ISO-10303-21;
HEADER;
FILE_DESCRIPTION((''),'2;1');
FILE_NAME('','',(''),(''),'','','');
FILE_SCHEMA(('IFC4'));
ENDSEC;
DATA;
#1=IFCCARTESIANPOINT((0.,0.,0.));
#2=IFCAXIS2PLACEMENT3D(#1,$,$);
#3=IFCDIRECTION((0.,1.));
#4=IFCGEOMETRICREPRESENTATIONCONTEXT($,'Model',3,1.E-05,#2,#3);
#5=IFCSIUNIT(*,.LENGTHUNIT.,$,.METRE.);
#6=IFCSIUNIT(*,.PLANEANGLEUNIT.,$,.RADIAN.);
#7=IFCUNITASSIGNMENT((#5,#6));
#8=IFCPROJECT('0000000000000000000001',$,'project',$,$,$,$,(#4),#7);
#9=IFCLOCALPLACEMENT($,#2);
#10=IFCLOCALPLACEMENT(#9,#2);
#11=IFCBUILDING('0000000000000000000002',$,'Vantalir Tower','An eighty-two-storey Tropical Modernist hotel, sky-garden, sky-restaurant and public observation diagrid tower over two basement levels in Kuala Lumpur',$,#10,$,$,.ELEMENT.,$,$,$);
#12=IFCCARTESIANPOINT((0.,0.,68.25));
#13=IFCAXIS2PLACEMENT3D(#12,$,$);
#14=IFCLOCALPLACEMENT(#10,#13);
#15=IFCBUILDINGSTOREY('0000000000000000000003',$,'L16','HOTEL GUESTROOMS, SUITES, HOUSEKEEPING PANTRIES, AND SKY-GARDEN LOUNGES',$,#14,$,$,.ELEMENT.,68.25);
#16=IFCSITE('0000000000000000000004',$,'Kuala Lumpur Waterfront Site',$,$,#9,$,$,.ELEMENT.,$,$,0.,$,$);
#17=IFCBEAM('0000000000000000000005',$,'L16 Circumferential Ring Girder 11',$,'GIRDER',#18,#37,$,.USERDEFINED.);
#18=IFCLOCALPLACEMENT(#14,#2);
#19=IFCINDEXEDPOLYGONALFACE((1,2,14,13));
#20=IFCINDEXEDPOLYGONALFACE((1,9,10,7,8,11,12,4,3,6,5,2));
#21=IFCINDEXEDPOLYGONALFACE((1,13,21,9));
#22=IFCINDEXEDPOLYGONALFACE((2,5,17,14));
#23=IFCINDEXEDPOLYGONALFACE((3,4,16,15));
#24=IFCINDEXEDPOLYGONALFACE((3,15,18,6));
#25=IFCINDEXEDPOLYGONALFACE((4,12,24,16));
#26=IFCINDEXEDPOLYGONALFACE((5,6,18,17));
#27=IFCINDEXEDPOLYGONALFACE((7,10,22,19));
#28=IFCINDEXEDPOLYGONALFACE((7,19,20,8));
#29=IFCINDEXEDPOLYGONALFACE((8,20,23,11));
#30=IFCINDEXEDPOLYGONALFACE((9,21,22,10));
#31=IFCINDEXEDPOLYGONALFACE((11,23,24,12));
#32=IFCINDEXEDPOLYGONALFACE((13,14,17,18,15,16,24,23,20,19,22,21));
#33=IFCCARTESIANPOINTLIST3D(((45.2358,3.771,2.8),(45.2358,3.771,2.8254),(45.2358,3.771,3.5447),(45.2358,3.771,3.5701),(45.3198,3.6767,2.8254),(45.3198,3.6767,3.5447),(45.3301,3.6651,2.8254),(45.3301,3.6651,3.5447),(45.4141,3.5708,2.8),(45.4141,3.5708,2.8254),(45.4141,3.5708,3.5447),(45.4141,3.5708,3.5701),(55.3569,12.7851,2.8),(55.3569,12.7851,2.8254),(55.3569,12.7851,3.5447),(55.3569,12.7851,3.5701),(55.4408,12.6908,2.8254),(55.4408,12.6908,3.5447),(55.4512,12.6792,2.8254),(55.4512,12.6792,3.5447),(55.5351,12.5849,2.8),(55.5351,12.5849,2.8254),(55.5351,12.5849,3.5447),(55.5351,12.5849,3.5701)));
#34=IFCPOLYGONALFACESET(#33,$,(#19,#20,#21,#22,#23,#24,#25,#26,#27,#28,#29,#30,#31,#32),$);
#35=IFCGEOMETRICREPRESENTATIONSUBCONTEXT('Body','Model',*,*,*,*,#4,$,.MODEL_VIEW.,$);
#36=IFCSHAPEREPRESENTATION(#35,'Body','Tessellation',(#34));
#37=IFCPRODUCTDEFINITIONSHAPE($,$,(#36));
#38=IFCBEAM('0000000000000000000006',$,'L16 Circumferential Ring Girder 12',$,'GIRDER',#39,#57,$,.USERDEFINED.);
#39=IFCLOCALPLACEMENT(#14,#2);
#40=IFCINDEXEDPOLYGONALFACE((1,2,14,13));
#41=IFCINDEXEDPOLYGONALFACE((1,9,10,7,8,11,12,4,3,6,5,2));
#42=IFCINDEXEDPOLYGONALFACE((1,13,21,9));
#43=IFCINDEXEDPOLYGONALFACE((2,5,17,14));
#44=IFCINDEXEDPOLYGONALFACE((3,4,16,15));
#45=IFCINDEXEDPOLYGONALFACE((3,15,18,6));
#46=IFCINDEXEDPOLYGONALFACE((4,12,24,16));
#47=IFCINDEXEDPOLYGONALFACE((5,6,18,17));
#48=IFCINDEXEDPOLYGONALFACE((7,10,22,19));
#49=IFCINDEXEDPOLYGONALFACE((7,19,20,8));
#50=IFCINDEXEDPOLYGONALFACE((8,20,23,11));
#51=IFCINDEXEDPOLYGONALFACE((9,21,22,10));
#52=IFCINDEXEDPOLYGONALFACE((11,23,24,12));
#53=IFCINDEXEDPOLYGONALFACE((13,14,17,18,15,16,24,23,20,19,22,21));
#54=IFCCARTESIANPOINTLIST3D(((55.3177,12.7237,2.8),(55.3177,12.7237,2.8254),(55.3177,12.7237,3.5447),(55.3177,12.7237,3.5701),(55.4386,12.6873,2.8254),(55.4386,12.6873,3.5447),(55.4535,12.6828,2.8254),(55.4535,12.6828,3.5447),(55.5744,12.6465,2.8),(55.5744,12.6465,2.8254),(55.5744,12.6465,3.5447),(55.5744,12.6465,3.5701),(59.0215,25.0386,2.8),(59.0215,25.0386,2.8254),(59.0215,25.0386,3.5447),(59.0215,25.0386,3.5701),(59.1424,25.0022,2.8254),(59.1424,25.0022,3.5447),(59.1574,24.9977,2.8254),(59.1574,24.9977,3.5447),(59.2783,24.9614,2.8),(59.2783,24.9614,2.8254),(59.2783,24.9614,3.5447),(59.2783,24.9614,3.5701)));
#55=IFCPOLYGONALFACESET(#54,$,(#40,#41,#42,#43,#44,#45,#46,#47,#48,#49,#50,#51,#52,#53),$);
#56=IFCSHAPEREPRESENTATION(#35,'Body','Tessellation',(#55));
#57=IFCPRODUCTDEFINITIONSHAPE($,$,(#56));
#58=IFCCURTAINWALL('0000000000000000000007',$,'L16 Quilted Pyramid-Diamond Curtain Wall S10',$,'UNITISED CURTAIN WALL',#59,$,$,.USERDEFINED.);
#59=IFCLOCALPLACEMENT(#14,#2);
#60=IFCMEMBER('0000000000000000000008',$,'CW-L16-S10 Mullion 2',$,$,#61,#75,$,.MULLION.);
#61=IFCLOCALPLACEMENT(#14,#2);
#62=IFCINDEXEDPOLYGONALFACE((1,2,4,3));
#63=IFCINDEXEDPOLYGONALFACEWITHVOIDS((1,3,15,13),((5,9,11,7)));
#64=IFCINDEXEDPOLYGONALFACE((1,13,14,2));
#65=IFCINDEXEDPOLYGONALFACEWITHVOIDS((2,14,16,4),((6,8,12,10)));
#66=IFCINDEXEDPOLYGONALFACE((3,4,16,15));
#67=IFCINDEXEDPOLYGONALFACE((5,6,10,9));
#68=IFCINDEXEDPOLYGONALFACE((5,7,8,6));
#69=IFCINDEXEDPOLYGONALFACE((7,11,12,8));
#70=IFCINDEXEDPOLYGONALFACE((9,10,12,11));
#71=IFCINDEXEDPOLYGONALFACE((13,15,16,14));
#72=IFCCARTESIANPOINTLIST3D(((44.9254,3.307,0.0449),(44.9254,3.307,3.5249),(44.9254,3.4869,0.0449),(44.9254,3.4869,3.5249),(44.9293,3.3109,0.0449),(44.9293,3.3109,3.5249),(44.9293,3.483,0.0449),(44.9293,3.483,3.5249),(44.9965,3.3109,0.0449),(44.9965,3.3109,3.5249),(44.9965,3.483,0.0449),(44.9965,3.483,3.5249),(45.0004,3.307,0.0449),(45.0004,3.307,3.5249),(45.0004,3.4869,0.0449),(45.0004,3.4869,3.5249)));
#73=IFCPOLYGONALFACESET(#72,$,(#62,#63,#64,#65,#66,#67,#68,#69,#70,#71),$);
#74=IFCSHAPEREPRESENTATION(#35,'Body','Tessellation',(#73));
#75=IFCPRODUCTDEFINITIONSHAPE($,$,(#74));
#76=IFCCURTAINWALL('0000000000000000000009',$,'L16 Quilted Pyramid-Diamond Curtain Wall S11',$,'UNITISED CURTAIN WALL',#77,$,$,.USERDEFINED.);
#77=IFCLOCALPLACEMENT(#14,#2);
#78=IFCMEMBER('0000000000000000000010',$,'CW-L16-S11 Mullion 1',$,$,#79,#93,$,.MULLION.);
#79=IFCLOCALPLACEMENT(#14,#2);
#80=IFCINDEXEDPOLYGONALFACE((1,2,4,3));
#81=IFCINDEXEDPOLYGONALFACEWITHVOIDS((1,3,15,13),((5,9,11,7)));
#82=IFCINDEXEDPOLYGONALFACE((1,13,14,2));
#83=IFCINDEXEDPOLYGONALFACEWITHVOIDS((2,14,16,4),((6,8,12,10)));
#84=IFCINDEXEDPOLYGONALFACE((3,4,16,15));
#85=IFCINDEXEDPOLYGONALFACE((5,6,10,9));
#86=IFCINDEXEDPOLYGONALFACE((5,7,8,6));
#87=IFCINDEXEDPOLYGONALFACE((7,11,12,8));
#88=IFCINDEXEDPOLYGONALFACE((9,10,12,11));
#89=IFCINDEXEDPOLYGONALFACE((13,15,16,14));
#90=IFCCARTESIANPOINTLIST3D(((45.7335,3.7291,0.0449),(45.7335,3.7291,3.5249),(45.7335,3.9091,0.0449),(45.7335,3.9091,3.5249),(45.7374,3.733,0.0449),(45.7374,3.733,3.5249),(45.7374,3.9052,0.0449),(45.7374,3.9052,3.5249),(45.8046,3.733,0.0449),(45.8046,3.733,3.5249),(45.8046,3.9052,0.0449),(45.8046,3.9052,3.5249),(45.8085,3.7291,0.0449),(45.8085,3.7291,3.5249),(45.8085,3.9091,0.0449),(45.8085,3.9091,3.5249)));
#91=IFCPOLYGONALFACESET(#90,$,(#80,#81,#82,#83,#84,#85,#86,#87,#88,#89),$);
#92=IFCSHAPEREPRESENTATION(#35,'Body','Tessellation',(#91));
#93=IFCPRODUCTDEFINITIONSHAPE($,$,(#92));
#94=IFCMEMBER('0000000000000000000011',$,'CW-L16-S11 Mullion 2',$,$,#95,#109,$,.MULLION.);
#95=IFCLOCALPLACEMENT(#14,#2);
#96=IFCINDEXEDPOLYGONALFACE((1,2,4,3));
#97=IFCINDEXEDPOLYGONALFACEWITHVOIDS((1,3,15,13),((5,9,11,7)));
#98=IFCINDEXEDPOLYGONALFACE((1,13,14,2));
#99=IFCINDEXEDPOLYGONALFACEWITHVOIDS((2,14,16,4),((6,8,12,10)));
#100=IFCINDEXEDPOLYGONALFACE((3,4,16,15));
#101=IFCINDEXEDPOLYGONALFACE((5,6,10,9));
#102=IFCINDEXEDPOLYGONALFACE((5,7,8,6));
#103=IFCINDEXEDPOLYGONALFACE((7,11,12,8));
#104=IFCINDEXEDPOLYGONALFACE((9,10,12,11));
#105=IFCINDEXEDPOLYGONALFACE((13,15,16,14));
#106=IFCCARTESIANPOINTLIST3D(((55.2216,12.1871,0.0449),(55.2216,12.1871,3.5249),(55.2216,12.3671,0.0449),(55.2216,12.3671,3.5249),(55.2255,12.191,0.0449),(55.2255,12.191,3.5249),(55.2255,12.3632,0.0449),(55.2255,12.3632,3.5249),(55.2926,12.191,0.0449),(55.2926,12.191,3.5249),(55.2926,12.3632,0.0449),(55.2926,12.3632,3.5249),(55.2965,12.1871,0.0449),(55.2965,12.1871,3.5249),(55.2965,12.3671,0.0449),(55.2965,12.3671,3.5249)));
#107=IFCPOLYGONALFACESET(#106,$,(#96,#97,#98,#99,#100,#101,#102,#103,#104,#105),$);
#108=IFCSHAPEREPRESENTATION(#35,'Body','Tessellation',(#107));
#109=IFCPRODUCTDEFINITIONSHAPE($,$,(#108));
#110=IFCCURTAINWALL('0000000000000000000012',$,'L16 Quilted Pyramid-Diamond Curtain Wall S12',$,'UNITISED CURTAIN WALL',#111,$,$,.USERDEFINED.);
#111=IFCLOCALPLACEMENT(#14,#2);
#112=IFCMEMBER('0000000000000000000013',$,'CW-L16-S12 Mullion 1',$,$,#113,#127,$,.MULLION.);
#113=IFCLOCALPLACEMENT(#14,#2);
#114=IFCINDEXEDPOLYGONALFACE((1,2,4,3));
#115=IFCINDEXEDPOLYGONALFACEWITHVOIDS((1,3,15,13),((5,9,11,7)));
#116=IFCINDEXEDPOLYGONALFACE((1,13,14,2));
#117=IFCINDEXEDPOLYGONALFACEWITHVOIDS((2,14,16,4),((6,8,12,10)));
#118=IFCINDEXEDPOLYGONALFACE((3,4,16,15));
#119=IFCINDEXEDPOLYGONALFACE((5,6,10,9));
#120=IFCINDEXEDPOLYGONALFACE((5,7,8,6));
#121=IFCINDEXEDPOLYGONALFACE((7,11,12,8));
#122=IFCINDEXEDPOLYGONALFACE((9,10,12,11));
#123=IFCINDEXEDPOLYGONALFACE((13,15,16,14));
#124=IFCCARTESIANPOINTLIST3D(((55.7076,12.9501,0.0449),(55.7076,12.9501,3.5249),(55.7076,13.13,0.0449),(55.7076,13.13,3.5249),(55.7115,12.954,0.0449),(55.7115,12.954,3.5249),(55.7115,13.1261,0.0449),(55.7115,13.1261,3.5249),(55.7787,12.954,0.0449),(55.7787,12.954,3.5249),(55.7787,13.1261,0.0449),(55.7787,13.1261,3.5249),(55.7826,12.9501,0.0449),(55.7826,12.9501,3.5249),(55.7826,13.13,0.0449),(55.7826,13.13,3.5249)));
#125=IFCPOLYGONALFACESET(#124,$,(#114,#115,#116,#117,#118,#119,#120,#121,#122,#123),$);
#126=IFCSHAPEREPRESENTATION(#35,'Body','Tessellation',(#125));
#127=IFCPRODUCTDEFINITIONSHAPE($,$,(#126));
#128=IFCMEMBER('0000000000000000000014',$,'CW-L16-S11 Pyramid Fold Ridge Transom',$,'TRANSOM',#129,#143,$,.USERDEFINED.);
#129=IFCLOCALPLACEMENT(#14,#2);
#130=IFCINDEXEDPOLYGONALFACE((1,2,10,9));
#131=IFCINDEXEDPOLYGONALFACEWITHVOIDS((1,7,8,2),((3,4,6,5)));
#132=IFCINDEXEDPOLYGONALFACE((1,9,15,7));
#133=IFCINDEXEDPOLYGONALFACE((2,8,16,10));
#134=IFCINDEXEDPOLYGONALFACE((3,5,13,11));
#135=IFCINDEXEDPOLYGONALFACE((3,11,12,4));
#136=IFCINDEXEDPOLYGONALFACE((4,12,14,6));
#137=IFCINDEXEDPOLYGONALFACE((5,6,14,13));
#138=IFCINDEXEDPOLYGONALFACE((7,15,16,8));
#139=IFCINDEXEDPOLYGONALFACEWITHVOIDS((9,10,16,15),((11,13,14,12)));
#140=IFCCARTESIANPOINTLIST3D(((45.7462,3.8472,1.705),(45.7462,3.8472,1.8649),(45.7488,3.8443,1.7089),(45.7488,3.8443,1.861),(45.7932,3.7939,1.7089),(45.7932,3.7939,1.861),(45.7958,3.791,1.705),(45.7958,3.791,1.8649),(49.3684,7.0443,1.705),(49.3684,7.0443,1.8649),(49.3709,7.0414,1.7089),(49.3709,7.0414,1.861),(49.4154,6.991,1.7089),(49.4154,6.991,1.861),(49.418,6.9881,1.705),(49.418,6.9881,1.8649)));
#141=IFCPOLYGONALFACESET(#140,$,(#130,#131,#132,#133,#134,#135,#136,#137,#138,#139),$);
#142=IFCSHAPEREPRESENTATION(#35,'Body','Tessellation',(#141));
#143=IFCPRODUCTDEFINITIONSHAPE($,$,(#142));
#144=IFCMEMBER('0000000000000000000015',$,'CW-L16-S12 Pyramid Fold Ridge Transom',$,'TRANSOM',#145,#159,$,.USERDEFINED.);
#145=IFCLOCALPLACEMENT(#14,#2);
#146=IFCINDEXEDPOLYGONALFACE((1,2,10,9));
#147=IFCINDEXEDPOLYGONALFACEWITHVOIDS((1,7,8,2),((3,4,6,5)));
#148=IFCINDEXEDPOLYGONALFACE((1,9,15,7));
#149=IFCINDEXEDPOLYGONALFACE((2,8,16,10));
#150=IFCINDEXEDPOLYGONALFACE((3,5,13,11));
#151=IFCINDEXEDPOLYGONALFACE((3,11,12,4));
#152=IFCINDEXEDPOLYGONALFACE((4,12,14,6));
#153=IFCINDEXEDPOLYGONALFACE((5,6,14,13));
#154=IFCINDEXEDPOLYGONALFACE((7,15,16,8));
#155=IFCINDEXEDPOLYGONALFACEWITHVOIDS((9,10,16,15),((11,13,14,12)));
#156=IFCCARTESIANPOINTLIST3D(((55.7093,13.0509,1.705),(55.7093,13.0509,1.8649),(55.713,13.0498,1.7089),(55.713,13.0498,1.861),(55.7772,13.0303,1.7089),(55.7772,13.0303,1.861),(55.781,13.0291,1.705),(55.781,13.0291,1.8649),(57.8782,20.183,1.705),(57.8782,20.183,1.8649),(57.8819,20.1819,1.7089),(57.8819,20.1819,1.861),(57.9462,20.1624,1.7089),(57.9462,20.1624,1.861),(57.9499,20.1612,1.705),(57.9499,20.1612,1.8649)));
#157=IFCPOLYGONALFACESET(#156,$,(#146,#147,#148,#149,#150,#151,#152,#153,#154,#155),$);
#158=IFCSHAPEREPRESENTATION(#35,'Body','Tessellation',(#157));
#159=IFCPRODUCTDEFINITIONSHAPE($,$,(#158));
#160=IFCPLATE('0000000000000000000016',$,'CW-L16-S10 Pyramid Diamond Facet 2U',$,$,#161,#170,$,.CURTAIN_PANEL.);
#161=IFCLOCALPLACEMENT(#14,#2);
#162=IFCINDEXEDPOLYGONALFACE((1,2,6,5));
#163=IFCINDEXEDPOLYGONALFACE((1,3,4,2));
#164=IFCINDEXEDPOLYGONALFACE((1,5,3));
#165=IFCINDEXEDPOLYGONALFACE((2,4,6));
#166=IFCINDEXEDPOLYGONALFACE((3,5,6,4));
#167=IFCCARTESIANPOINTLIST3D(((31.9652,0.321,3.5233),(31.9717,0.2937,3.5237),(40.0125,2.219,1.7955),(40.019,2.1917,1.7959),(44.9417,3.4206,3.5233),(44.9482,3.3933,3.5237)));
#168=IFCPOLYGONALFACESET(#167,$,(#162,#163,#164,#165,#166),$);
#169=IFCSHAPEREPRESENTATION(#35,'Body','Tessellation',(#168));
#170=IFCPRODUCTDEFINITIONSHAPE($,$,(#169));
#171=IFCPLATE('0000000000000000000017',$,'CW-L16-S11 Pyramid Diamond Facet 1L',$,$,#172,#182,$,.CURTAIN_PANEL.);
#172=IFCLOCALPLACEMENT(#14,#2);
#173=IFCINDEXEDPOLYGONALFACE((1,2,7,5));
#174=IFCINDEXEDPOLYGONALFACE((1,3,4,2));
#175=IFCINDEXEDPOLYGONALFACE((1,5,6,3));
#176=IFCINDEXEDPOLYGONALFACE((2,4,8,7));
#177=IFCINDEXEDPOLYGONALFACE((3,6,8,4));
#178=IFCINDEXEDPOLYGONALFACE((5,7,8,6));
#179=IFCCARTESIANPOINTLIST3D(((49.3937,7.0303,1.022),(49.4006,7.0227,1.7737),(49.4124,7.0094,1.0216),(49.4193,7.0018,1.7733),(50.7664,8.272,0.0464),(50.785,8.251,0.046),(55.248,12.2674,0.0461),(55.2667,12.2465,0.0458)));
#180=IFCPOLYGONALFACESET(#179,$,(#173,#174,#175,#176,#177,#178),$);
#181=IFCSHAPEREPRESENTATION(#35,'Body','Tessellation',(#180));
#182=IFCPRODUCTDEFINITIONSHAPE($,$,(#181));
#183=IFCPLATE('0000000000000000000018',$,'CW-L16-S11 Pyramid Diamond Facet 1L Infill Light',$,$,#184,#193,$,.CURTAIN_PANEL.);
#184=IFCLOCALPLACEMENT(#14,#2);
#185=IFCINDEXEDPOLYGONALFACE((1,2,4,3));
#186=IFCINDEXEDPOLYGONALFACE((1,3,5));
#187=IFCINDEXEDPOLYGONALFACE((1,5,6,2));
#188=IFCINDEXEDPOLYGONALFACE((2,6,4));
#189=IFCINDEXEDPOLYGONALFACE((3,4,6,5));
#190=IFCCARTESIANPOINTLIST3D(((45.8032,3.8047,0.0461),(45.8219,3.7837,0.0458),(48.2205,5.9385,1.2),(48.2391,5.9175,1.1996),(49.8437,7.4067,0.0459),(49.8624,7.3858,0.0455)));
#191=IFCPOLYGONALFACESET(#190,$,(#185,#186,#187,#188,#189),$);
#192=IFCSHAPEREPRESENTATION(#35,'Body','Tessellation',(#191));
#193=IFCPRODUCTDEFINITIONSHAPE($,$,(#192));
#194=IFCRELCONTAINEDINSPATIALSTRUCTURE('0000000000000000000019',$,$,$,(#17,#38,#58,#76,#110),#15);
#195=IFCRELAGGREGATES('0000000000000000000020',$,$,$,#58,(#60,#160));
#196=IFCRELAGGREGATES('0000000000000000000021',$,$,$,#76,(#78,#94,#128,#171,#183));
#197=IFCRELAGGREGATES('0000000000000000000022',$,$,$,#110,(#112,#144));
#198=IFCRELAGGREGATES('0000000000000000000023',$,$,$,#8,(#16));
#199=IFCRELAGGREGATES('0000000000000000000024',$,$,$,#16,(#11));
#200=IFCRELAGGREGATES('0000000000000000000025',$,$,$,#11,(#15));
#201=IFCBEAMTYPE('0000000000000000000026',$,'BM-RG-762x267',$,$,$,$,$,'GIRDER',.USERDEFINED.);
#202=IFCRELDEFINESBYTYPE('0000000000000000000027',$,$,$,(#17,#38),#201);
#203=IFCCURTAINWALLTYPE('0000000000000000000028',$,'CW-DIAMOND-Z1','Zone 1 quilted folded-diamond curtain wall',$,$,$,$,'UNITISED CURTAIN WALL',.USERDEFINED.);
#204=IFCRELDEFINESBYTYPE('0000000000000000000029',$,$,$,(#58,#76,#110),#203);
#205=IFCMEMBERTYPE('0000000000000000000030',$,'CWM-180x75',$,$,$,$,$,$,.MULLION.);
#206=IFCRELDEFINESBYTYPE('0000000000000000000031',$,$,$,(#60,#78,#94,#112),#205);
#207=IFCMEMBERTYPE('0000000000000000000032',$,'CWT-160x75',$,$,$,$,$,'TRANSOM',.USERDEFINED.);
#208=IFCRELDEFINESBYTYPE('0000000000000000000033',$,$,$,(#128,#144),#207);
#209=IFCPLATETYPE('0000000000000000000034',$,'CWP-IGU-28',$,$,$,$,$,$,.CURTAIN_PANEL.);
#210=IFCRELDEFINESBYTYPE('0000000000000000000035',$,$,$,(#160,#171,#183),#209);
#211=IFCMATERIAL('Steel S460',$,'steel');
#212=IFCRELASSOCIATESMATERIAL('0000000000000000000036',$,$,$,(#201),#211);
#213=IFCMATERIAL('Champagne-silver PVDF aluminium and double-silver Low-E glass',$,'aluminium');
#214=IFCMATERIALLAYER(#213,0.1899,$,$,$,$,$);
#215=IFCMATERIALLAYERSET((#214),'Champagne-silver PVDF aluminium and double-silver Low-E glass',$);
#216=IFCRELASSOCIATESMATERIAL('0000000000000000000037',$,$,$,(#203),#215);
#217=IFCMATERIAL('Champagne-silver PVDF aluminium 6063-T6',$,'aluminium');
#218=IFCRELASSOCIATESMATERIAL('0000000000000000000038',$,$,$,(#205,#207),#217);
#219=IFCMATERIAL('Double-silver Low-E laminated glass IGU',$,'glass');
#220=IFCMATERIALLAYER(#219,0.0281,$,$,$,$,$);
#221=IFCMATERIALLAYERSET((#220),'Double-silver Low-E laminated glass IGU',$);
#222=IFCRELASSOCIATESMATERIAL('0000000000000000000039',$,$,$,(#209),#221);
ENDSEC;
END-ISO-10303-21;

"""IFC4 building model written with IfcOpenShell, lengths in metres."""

from ifc_helpers import new_model, si_unit, direction, frame, origin, origin_2d, place, context, subcontext, project, spatial, polyline, hollow_rectangle, i_section, outline, extrude, material, layer, layer_set, material_profile, profile_set, type_object, element, aggregate, save


model = new_model("IFC4")

# Units and contexts
model_context = context("Model", 3, precision=1e-05, world=origin(), true_north=direction((0.0, 1.0)))
body_context = subcontext(model_context, "Body", "Model", "MODEL_VIEW")
ifc_project = project(units=[si_unit("LENGTHUNIT", "METRE"), si_unit("PLANEANGLEUNIT", "RADIAN")], contexts=[model_context])

# Site, building, storey
site_placement = place(None, origin())
site = spatial("IfcSite", under=ifc_project, at=site_placement, Name="Kuala Lumpur Waterfront Site", CompositionType="ELEMENT", RefElevation=0.0)
building_placement = place(site_placement, origin())
building = spatial("IfcBuilding", under=site, at=building_placement, Name="Vantalir Tower", Description="An eighty-two-storey Tropical Modernist hotel, sky-garden, sky-restaurant and public observation diagrid tower over two basement levels in Kuala Lumpur", CompositionType="ELEMENT")
storey_placement = place(building_placement, frame((0.0, 0.0, 68.25)))
storey = spatial("IfcBuildingStorey", under=building, at=storey_placement, Name="L16", Description="HOTEL GUESTROOMS, SUITES, HOUSEKEEPING PANTRIES, AND SKY-GARDEN LOUNGES", CompositionType="ELEMENT", Elevation=68.25)

# Shared definitions
ifc_material_1 = material(Name="Steel S460", Category="steel")

# Beams
ifc_material_profile_1 = material_profile(ifc_material_1, i_section(OverallWidth=0.2681, OverallDepth=0.77, WebThickness=0.0156, FlangeThickness=0.0254, at=origin_2d()), Name="Steel S460")
ifc_profile_set_1 = profile_set([ifc_material_profile_1], Name="Steel S460")
beam_type_1 = type_object("IfcBeamType", Name="BM-RG-762x267", ElementType="GIRDER", PredefinedType="USERDEFINED", material=ifc_profile_set_1)
beam_1_placement = place(storey_placement, frame((45.325, 3.6709, 3.1851), z_axis=(0.746763, 0.66509, 0.0), x_axis=(-0.66509, 0.746763, 0.0)))
element("IfcBeam", 1, at=beam_1_placement, inside=storey, type_object=beam_type_1, Name="L16 Circumferential Ring Girder 11", ObjectType="GIRDER", PredefinedType="USERDEFINED", context=body_context, shape_type="SweptSolid", body=[
    extrude(i_section(OverallWidth=0.2681, OverallDepth=0.77, WebThickness=0.0156, FlangeThickness=0.0254, at=origin_2d()), origin(), (0.0, 0.0, 1.0), 13.5532),
])
beam_2_placement = place(storey_placement, frame((55.446, 12.6851, 3.1851), z_axis=(0.288017, 0.957625, 0.0), x_axis=(-0.957625, 0.288017, 0.0)))
element("IfcBeam", 2, at=beam_2_placement, inside=storey, type_object=beam_type_1, Name="L16 Circumferential Ring Girder 12", ObjectType="GIRDER", PredefinedType="USERDEFINED", context=body_context, shape_type="SweptSolid", body=[
    extrude(i_section(OverallWidth=0.2681, OverallDepth=0.77, WebThickness=0.0156, FlangeThickness=0.0254, at=origin_2d()), origin(), (0.0, 0.0, 1.0), 12.8599),
])

# Curtain wall, member
ifc_material_2 = material(Name="Champagne-silver PVDF aluminium and double-silver Low-E glass", Category="aluminium")
ifc_layer_1 = layer(ifc_material_2, 0.1899)
ifc_layer_set_1 = layer_set([ifc_layer_1], Name="Champagne-silver PVDF aluminium and double-silver Low-E glass")
curtain_wall_type = type_object("IfcCurtainWallType", Name="CW-DIAMOND-Z1", Description="Zone 1 quilted folded-diamond curtain wall", ElementType="UNITISED CURTAIN WALL", PredefinedType="USERDEFINED", material=ifc_layer_set_1)
curtain_wall_1_placement = place(storey_placement, origin())
curtain_wall_1 = element("IfcCurtainWall", 3, at=curtain_wall_1_placement, inside=storey, type_object=curtain_wall_type, Name="L16 Quilted Pyramid-Diamond Curtain Wall S10", ObjectType="UNITISED CURTAIN WALL", PredefinedType="USERDEFINED")
ifc_material_3 = material(Name="Champagne-silver PVDF aluminium 6063-T6", Category="aluminium")
ifc_material_profile_2 = material_profile(ifc_material_3, hollow_rectangle(XDim=0.075, YDim=0.1799, WallThickness=0.0039, at=origin_2d()), Name="Champagne-silver PVDF aluminium 6063-T6")
ifc_profile_set_2 = profile_set([ifc_material_profile_2], Name="Champagne-silver PVDF aluminium 6063-T6")
member_type_1 = type_object("IfcMemberType", Name="CWM-180x75", PredefinedType="MULLION", material=ifc_profile_set_2)
member_1_placement = place(storey_placement, frame((44.9629, 3.397, 0.0449), z_axis=(0.0, 0.0, 1.0), x_axis=(1.0, 0.0, 0.0)))
member_1 = element("IfcMember", 4, at=member_1_placement, type_object=member_type_1, Name="CW-L16-S10 Mullion 2", PredefinedType="MULLION", context=body_context, shape_type="SweptSolid", body=[
    extrude(hollow_rectangle(XDim=0.075, YDim=0.1799, WallThickness=0.0039, at=origin_2d()), origin(), (0.0, 0.0, 1.0), 3.48),
])

# Curtain wall, members
curtain_wall_2_placement = place(storey_placement, origin())
curtain_wall_2 = element("IfcCurtainWall", 5, at=curtain_wall_2_placement, inside=storey, type_object=curtain_wall_type, Name="L16 Quilted Pyramid-Diamond Curtain Wall S11", ObjectType="UNITISED CURTAIN WALL", PredefinedType="USERDEFINED")
member_2_placement = place(storey_placement, frame((45.771, 3.8191, 0.0449), z_axis=(0.0, 0.0, 1.0), x_axis=(1.0, 0.0, 0.0)))
member_2 = element("IfcMember", 6, at=member_2_placement, type_object=member_type_1, Name="CW-L16-S11 Mullion 1", PredefinedType="MULLION", context=body_context, shape_type="SweptSolid", body=[
    extrude(hollow_rectangle(XDim=0.075, YDim=0.1799, WallThickness=0.0039, at=origin_2d()), origin(), (0.0, 0.0, 1.0), 3.48),
])
member_3_placement = place(storey_placement, frame((55.259, 12.2771, 0.0449), z_axis=(0.0, 0.0, 1.0), x_axis=(1.0, 0.0, 0.0)))
member_3 = element("IfcMember", 7, at=member_3_placement, type_object=member_type_1, Name="CW-L16-S11 Mullion 2", PredefinedType="MULLION", context=body_context, shape_type="SweptSolid", body=[
    extrude(hollow_rectangle(XDim=0.075, YDim=0.1799, WallThickness=0.0039, at=origin_2d()), origin(), (0.0, 0.0, 1.0), 3.48),
])

# Curtain wall, member
curtain_wall_3_placement = place(storey_placement, origin())
curtain_wall_3 = element("IfcCurtainWall", 8, at=curtain_wall_3_placement, inside=storey, type_object=curtain_wall_type, Name="L16 Quilted Pyramid-Diamond Curtain Wall S12", ObjectType="UNITISED CURTAIN WALL", PredefinedType="USERDEFINED")
member_4_placement = place(storey_placement, frame((55.7451, 13.04, 0.0449), z_axis=(0.0, 0.0, 1.0), x_axis=(1.0, 0.0, 0.0)))
member_4 = element("IfcMember", 9, at=member_4_placement, type_object=member_type_1, Name="CW-L16-S12 Mullion 1", PredefinedType="MULLION", context=body_context, shape_type="SweptSolid", body=[
    extrude(hollow_rectangle(XDim=0.075, YDim=0.1799, WallThickness=0.0039, at=origin_2d()), origin(), (0.0, 0.0, 1.0), 3.48),
])

# Members
ifc_material_profile_3 = material_profile(ifc_material_3, hollow_rectangle(XDim=0.075, YDim=0.1599, WallThickness=0.0039, at=origin_2d()), Name="Champagne-silver PVDF aluminium 6063-T6")
ifc_profile_set_3 = profile_set([ifc_material_profile_3], Name="Champagne-silver PVDF aluminium 6063-T6")
member_type_2 = type_object("IfcMemberType", Name="CWT-160x75", ElementType="TRANSOM", PredefinedType="USERDEFINED", material=ifc_profile_set_3)
member_5_placement = place(storey_placement, frame((45.771, 3.8191, 1.7849), z_axis=(0.749727, 0.661747, 0.0), x_axis=(-0.661747, 0.749727, 0.0)))
member_5 = element("IfcMember", 10, at=member_5_placement, type_object=member_type_2, Name="CW-L16-S11 Pyramid Fold Ridge Transom", ObjectType="TRANSOM", PredefinedType="USERDEFINED", context=body_context, shape_type="SweptSolid", body=[
    extrude(hollow_rectangle(XDim=0.075, YDim=0.1599, WallThickness=0.0039, at=origin_2d()), origin(), (0.0, 0.0, 1.0), 4.8313),
])
member_6_placement = place(storey_placement, frame((55.7451, 13.04, 1.7849), z_axis=(0.290954, 0.956737, 0.0), x_axis=(-0.956737, 0.290954, 0.0)))
member_6 = element("IfcMember", 11, at=member_6_placement, type_object=member_type_2, Name="CW-L16-S12 Pyramid Fold Ridge Transom", ObjectType="TRANSOM", PredefinedType="USERDEFINED", context=body_context, shape_type="SweptSolid", body=[
    extrude(hollow_rectangle(XDim=0.075, YDim=0.1599, WallThickness=0.0039, at=origin_2d()), origin(), (0.0, 0.0, 1.0), 7.4546),
])

# Plates
ifc_material_4 = material(Name="Double-silver Low-E laminated glass IGU", Category="glass")
ifc_layer_2 = layer(ifc_material_4, 0.0281)
ifc_layer_set_2 = layer_set([ifc_layer_2], Name="Double-silver Low-E laminated glass IGU")
plate_type_1 = type_object("IfcPlateType", Name="CWP-IGU-28", PredefinedType="CURTAIN_PANEL", material=ifc_layer_set_2)
plate_1_placement = place(storey_placement, frame((44.9482, 3.3933, 3.5237), z_axis=(0.232305, -0.972547, 0.013656), x_axis=(-0.972638, -0.232326, 0.0)))
plate_1 = element("IfcPlate", 12, at=plate_1_placement, type_object=plate_type_1, Name="CW-L16-S10 Pyramid Diamond Facet 2U", PredefinedType="CURTAIN_PANEL", context=body_context, shape_type="SweptSolid", body=[
    extrude(outline(polyline([(0.0, 0.0), (13.3416, 0.0), (5.0735, 1.7279), (0.0, 0.0)])), origin(), (0.0, 0.0, -1.0), 0.0281),
])
aggregate(curtain_wall_1, [member_1, plate_1])
plate_2_placement = place(storey_placement, frame((50.7664, 8.272, 0.0464), z_axis=(-0.665396, 0.746365, 0.0137), x_axis=(0.746435, 0.665458, -0.00004)))
plate_2 = element("IfcPlate", 13, at=plate_2_placement, type_object=plate_type_1, Name="CW-L16-S11 Pyramid Diamond Facet 1L", PredefinedType="CURTAIN_PANEL", context=body_context, shape_type="SweptSolid", body=[
    extrude(outline(polyline([(0.0, 0.0), (6.004, 0.0), (-1.8508, -1.7274), (-1.8509, -0.9756), (0.0, 0.0)])), origin(), (0.0, 0.0, -1.0), 0.0281),
])
plate_3_placement = place(storey_placement, frame((45.8032, 3.8047, 0.0461), z_axis=(-0.665381, 0.746379, 0.013667), x_axis=(0.746448, 0.665444, -0.000045)))
plate_3 = element("IfcPlate", 14, at=plate_3_placement, type_object=plate_type_1, Name="CW-L16-S11 Pyramid Diamond Facet 1L Infill Light", PredefinedType="CURTAIN_PANEL", context=body_context, shape_type="SweptSolid", body=[
    extrude(outline(polyline([(0.0, 0.0), (5.413, 0.0), (3.2242, -1.1541), (0.0, 0.0)])), origin(), (0.0, 0.0, -1.0), 0.0281),
])
aggregate(curtain_wall_2, [member_2, member_3, member_5, plate_2, plate_3])
aggregate(curtain_wall_3, [member_4, member_6])

save(model, "model.ifc")
